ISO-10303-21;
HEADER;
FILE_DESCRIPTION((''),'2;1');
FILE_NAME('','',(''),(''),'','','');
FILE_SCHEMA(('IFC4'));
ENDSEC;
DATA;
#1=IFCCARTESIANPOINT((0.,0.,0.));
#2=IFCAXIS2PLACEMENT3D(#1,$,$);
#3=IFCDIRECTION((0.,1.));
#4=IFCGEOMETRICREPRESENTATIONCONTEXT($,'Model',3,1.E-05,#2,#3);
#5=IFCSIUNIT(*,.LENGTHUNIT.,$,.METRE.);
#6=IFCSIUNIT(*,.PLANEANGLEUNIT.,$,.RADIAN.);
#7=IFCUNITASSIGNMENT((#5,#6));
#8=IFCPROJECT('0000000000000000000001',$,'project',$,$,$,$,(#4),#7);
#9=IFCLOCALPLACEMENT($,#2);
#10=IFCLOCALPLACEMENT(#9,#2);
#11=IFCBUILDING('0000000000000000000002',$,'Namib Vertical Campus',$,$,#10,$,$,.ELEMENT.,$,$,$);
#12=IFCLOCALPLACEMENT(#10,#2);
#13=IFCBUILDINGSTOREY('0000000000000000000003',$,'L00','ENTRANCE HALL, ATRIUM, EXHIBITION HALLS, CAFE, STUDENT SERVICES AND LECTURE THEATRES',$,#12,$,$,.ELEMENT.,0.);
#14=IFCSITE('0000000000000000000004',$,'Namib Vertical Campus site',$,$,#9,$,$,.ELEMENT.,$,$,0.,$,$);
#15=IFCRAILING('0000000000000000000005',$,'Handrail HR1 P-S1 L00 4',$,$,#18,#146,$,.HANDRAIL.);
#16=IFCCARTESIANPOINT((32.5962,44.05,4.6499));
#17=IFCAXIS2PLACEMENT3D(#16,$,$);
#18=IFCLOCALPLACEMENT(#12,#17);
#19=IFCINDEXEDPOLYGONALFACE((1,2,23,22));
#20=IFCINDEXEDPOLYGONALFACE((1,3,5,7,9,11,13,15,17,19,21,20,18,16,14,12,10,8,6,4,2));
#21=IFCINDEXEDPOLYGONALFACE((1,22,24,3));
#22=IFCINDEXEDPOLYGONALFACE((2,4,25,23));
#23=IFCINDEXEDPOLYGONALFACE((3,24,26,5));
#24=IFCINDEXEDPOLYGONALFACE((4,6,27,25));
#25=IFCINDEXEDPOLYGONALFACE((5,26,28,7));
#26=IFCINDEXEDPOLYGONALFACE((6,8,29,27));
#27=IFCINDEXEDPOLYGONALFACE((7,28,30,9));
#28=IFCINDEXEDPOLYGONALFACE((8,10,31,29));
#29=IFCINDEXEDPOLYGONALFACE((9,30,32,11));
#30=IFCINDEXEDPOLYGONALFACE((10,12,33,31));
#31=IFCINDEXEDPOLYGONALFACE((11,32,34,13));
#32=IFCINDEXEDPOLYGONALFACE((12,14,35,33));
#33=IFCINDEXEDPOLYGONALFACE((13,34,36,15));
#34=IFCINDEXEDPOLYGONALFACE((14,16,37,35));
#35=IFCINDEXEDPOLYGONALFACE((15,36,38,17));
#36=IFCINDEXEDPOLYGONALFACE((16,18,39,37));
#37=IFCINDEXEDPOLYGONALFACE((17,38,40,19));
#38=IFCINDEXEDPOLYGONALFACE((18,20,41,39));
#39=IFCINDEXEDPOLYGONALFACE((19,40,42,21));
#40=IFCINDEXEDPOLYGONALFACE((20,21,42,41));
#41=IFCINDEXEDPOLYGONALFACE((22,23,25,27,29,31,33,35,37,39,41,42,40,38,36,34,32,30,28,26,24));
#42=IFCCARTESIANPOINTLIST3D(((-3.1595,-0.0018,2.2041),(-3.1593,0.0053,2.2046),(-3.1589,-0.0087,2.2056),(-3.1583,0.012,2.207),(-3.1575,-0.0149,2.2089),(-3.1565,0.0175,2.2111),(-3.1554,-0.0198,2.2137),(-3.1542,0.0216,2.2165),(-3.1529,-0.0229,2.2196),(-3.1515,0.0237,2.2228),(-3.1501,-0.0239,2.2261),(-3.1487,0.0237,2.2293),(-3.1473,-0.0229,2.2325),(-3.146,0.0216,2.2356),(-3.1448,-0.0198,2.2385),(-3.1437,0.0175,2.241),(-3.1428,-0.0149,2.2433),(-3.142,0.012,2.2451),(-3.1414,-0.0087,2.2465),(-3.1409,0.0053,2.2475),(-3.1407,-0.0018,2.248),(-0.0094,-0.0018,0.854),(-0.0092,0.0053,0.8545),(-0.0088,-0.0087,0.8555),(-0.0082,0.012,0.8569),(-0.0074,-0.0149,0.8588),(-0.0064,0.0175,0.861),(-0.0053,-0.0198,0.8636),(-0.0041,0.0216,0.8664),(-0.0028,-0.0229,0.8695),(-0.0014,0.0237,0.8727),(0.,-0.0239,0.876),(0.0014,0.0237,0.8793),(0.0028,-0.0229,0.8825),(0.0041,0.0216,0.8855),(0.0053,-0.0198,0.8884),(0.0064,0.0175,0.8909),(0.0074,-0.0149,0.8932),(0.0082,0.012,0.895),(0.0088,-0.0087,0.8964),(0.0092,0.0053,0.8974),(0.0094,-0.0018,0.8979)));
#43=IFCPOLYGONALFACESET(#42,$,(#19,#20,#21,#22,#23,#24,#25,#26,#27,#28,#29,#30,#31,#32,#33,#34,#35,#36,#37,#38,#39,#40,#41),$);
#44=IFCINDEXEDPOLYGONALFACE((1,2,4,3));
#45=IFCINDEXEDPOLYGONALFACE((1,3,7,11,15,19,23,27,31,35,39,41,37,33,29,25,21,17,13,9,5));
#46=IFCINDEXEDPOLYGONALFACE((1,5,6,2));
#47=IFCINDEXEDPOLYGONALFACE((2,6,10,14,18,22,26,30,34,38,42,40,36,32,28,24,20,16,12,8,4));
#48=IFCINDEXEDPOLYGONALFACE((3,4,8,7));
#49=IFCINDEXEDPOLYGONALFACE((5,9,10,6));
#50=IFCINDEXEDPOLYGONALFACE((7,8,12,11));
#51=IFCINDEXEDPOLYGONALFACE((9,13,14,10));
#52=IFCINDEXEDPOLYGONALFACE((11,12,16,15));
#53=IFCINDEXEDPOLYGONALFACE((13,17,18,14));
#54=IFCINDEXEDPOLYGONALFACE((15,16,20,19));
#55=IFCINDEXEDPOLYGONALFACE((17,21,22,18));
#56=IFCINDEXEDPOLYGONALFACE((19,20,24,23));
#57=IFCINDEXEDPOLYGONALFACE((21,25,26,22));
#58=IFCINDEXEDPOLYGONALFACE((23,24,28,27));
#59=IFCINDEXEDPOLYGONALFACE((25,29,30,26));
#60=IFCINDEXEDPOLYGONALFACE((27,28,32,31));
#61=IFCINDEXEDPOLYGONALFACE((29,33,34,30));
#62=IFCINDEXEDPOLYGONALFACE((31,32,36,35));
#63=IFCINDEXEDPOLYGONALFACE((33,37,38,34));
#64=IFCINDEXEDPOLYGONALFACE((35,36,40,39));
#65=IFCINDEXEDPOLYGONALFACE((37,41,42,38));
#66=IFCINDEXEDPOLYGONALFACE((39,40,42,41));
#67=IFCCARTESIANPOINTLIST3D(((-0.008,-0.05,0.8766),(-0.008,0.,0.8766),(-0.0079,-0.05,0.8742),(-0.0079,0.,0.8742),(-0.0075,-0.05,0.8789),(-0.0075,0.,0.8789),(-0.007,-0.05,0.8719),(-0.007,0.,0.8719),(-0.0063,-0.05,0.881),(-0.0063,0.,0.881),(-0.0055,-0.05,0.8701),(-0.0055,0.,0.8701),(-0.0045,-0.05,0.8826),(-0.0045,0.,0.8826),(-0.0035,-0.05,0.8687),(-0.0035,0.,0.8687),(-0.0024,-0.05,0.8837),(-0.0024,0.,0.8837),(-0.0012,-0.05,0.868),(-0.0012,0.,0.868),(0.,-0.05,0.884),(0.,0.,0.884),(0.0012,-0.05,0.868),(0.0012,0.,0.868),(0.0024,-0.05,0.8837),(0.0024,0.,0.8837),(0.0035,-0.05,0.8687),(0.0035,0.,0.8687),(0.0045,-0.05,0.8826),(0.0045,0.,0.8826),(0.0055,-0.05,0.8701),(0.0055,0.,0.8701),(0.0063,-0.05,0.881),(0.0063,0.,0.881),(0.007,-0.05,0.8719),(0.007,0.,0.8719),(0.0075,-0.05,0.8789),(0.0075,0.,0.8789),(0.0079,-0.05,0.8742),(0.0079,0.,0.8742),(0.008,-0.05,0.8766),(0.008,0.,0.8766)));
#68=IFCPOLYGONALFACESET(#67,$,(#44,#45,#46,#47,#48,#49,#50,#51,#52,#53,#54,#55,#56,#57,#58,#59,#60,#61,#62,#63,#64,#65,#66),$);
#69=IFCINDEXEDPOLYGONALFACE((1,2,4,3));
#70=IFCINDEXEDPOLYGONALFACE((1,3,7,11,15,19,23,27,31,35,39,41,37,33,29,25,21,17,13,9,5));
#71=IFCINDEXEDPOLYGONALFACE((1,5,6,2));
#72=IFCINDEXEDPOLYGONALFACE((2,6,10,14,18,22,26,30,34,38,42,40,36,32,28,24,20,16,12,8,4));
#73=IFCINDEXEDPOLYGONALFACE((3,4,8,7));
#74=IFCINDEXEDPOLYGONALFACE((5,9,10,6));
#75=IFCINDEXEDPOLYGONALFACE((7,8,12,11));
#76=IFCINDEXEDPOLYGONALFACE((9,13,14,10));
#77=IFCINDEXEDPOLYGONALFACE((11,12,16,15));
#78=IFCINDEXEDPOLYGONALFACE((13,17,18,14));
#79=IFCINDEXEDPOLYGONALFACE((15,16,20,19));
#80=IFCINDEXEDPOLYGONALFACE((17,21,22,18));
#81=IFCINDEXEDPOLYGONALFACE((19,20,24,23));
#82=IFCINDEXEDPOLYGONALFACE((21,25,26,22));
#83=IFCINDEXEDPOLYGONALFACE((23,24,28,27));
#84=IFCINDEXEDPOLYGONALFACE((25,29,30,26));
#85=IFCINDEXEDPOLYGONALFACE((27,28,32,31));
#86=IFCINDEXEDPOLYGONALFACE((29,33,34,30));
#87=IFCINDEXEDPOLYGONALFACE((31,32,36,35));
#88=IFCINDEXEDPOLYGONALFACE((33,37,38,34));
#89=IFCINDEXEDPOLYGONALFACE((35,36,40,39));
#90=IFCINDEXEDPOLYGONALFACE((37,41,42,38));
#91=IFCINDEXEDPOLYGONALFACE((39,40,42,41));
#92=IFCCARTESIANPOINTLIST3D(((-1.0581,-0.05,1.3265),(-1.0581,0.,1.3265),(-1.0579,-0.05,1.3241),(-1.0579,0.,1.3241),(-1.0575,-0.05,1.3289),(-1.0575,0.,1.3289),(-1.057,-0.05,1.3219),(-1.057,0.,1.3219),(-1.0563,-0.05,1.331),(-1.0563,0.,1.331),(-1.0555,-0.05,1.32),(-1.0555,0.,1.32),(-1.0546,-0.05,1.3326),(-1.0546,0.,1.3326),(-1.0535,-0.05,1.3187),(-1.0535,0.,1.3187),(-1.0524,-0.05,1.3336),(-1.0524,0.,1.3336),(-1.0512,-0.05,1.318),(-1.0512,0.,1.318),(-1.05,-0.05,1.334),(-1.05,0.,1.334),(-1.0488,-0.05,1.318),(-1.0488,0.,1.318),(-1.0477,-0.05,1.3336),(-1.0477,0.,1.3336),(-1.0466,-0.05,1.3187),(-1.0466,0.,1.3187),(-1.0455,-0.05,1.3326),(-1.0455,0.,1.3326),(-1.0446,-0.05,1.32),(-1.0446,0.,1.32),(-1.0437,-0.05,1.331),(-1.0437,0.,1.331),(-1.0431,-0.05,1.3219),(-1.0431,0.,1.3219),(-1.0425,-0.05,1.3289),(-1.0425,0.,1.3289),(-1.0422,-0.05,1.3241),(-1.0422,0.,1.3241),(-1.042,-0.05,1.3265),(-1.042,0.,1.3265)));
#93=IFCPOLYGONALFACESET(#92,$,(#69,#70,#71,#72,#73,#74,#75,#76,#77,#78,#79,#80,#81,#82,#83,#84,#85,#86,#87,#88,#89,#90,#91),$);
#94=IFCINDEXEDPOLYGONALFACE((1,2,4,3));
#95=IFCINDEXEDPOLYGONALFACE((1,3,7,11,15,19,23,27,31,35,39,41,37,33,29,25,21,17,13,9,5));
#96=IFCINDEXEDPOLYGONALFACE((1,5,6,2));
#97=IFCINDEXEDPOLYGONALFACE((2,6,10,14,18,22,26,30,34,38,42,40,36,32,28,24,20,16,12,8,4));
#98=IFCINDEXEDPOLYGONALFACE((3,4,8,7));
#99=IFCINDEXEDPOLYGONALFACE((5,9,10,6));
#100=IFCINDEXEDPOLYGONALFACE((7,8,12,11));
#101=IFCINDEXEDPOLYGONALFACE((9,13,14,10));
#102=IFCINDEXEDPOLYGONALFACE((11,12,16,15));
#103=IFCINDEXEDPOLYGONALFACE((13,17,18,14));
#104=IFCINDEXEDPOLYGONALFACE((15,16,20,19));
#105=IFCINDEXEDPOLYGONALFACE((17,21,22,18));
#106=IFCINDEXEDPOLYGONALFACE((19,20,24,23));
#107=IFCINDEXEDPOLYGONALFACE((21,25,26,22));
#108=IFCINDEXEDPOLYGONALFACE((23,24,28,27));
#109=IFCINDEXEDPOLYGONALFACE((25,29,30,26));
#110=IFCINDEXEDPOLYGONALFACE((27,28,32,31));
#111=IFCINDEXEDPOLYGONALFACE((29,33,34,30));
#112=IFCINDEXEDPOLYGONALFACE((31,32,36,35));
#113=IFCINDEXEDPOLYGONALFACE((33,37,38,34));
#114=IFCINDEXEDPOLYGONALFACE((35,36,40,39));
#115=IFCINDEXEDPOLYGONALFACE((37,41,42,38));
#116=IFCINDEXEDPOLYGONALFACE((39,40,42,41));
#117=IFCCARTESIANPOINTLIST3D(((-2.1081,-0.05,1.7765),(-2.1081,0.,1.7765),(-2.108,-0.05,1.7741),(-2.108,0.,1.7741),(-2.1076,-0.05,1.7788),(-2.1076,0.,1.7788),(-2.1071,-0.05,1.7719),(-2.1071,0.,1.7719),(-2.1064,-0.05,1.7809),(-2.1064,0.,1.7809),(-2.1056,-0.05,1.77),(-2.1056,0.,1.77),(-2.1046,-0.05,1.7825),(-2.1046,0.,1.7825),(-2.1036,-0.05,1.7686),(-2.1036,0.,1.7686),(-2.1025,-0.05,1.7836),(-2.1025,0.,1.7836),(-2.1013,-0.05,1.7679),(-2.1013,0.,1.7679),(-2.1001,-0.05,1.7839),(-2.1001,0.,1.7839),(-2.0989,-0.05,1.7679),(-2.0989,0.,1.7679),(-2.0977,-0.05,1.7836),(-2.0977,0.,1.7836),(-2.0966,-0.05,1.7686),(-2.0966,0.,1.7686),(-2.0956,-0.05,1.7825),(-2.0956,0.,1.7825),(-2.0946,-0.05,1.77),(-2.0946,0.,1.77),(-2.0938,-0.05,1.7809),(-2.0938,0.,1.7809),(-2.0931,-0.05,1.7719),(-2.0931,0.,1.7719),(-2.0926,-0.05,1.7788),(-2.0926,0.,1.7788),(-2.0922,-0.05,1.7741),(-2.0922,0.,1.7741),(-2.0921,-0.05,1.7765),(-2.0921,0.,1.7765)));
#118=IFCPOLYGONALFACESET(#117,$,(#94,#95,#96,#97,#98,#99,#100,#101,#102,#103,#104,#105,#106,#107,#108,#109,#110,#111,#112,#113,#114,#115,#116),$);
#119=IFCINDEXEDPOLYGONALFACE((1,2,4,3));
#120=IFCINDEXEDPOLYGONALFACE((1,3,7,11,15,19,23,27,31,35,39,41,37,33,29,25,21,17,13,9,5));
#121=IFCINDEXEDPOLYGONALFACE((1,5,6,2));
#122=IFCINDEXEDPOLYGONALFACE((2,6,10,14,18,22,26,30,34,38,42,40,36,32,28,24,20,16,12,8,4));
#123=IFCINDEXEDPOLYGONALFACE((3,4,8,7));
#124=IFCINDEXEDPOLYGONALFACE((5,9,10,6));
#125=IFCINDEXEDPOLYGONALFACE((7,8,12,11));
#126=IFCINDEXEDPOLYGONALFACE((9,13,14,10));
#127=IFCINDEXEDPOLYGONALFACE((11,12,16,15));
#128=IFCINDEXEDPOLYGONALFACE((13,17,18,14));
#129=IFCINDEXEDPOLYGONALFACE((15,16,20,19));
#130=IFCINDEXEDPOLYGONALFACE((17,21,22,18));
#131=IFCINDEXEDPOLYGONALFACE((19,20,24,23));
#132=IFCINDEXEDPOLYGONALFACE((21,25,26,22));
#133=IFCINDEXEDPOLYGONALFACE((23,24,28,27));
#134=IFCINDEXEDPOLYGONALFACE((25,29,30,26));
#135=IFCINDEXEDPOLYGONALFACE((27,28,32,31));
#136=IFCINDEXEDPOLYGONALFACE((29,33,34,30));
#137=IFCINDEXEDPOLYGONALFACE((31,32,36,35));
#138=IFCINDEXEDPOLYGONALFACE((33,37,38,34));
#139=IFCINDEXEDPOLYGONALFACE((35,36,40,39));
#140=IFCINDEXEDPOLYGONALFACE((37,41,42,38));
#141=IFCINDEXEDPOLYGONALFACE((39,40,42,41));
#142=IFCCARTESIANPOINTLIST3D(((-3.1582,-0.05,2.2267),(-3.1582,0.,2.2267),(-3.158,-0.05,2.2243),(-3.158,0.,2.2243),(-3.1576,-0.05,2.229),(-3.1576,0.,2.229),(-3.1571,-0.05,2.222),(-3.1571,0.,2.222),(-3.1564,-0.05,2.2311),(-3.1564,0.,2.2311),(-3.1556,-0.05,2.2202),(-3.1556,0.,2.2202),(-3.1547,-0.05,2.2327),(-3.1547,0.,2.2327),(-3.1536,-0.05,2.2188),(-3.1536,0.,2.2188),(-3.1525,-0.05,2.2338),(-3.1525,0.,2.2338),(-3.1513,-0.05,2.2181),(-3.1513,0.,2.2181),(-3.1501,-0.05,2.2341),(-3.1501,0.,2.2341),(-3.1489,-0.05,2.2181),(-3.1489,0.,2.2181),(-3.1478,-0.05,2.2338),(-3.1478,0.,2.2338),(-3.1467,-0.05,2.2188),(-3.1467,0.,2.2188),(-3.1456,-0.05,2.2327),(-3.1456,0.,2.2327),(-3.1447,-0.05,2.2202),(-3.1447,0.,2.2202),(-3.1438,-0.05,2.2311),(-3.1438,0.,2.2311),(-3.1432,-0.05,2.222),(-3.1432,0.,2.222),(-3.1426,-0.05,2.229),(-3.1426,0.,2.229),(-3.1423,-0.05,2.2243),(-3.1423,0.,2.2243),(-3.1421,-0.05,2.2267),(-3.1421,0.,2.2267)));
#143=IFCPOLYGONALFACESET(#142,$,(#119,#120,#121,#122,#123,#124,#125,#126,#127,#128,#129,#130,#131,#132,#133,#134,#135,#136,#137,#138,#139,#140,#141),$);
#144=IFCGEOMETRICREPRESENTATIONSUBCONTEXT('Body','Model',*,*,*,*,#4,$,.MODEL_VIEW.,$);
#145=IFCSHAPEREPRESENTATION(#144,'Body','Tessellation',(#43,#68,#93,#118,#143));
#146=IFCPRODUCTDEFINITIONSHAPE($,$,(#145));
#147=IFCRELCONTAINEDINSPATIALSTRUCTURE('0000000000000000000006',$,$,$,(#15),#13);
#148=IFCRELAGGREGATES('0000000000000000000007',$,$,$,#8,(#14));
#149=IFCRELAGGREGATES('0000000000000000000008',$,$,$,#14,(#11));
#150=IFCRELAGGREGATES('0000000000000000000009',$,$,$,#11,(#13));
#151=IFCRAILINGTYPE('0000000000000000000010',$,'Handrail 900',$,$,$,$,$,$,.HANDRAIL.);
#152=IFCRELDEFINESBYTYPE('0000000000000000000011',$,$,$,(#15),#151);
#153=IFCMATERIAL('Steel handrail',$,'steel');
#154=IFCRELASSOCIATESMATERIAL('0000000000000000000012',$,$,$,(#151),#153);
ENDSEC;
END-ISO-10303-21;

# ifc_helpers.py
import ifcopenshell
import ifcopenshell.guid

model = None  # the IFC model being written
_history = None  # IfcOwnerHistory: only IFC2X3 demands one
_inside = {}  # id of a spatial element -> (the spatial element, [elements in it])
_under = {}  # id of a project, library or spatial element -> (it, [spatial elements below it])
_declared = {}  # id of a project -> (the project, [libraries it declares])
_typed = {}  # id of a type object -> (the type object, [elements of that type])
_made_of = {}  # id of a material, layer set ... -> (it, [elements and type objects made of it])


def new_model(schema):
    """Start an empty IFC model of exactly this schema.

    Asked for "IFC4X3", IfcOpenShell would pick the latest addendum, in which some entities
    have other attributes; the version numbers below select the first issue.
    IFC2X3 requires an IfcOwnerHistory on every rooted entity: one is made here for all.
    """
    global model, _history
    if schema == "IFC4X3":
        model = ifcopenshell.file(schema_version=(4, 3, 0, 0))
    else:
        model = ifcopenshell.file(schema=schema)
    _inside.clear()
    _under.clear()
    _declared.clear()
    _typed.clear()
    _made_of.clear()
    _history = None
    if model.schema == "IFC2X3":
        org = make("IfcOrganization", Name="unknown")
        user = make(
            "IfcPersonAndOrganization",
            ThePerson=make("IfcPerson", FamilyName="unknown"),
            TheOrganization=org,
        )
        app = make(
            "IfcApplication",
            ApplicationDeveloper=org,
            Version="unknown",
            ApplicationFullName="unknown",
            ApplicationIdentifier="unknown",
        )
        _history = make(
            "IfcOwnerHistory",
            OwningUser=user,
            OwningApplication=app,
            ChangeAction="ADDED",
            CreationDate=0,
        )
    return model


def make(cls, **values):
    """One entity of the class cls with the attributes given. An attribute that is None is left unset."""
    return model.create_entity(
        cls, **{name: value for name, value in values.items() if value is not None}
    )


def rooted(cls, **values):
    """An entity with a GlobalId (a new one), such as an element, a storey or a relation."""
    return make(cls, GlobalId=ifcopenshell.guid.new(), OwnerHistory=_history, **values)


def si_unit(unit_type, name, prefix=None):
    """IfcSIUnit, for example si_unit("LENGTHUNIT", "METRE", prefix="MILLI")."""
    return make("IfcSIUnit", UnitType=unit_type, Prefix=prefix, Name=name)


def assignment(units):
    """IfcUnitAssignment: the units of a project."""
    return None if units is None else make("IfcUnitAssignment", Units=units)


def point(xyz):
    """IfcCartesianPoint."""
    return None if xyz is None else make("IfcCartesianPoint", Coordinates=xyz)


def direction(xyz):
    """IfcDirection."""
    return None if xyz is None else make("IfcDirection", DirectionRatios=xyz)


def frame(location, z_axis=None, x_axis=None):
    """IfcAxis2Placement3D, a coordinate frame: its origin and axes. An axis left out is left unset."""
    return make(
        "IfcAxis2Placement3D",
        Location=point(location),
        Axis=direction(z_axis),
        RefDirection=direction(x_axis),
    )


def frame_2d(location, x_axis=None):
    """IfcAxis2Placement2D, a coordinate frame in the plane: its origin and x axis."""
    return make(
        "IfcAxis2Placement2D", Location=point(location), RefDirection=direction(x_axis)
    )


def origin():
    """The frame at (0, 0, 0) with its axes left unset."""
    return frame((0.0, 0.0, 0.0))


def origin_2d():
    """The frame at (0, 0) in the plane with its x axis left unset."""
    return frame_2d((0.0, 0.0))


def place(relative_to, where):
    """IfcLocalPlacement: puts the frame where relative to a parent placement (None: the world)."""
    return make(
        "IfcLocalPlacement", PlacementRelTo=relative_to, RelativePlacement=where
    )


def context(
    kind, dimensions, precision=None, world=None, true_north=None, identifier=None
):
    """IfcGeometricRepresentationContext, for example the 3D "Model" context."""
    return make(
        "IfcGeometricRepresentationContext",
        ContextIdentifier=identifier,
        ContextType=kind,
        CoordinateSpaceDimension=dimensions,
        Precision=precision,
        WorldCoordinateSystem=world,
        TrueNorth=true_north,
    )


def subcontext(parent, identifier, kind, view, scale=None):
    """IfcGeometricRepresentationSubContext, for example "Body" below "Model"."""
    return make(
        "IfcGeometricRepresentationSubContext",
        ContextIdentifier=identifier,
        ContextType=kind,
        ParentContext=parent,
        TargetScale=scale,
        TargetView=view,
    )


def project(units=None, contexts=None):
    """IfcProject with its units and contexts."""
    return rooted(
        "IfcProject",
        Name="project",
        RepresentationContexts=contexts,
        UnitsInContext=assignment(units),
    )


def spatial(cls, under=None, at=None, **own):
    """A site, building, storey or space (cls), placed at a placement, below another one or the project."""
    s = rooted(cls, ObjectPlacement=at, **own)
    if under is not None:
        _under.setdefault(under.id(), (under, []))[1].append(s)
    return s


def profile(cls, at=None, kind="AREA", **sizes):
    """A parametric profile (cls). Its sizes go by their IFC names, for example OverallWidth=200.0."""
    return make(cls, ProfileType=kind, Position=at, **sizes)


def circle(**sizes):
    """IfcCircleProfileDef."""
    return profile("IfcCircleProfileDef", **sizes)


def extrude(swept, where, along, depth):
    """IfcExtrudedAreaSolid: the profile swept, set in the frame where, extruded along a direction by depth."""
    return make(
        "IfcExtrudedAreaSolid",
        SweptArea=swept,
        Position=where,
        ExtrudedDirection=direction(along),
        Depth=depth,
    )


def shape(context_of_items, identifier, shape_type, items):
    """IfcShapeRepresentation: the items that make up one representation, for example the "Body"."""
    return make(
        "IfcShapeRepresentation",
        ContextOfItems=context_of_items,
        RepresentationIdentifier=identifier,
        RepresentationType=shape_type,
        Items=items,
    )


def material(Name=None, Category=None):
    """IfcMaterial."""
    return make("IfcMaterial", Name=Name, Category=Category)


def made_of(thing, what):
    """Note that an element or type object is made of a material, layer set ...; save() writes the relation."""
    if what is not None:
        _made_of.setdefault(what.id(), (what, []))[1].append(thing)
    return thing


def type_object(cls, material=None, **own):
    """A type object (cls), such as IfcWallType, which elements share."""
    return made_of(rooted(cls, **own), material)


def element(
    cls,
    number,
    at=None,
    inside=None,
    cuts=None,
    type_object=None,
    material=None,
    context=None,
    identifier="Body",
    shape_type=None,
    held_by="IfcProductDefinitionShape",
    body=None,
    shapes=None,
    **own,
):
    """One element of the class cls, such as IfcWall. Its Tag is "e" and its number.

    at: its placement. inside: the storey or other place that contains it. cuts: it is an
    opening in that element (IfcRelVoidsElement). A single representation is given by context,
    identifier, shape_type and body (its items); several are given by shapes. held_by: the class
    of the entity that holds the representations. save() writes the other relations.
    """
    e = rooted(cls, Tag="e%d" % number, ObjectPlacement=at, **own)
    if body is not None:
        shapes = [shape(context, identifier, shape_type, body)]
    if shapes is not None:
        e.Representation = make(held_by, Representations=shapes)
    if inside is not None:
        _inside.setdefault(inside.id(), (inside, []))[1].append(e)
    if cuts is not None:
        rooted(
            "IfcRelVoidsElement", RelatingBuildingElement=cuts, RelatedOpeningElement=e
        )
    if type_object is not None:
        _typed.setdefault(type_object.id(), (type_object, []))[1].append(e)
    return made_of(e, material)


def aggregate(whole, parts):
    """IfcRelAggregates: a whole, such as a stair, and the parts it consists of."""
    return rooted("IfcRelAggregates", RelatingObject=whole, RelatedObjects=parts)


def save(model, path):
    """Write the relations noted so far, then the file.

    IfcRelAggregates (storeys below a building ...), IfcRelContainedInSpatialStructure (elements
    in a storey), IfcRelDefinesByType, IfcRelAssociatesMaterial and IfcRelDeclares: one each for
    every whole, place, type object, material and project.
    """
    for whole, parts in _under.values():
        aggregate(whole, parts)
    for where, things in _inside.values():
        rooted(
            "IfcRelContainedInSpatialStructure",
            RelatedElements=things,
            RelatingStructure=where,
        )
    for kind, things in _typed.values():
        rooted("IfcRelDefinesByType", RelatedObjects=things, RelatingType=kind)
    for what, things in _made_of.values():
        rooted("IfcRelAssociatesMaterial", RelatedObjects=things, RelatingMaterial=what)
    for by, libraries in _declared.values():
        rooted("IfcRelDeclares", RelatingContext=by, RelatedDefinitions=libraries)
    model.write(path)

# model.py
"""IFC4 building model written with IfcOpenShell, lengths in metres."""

from ifc_helpers import new_model, si_unit, direction, frame, origin, origin_2d, place, context, subcontext, project, spatial, circle, extrude, material, type_object, element, save


model = new_model("IFC4")

# Units and contexts
model_context = context("Model", 3, precision=1e-05, world=origin(), true_north=direction((0.0, 1.0)))
body_context = subcontext(model_context, "Body", "Model", "MODEL_VIEW")
ifc_project = project(units=[si_unit("LENGTHUNIT", "METRE"), si_unit("PLANEANGLEUNIT", "RADIAN")], contexts=[model_context])

# Site, building, storey
site_placement = place(None, origin())
site = spatial("IfcSite", under=ifc_project, at=site_placement, Name="Namib Vertical Campus site", CompositionType="ELEMENT", RefElevation=0.0)
building_placement = place(site_placement, origin())
building = spatial("IfcBuilding", under=site, at=building_placement, Name="Namib Vertical Campus", CompositionType="ELEMENT")
storey_placement = place(building_placement, origin())
storey = spatial("IfcBuildingStorey", under=building, at=storey_placement, Name="L00", Description="ENTRANCE HALL, ATRIUM, EXHIBITION HALLS, CAFE, STUDENT SERVICES AND LECTURE THEATRES", CompositionType="ELEMENT", Elevation=0.0)

# Railing
ifc_material_1 = material(Name="Steel handrail", Category="steel")
railing_type = type_object("IfcRailingType", Name="Handrail 900", PredefinedType="HANDRAIL", material=ifc_material_1)
railing_1_placement = place(storey_placement, frame((32.5962, 44.05, 4.6499)))
element("IfcRailing", 1, at=railing_1_placement, inside=storey, type_object=railing_type, Name="Handrail HR1 P-S1 L00 4", PredefinedType="HANDRAIL", context=body_context, shape_type="SweptSolid", body=[
    extrude(circle(Radius=0.0239, at=origin_2d()), frame((0.0, 0.0, 0.876), z_axis=(-0.919141, 0.0, 0.393928), x_axis=(0.0, -1.0, 0.0)), (0.0, 0.0, 1.0), 3.4272),
    extrude(circle(Radius=0.0081, at=origin_2d()), frame((0.0, 0.0, 0.876), z_axis=(0.0, -1.0, 0.0), x_axis=(0.0, 0.0, 1.0)), (0.0, 0.0, 1.0), 0.05),
    extrude(circle(Radius=0.0081, at=origin_2d()), frame((-1.05, 0.0, 1.3259), z_axis=(0.0, -1.0, 0.0), x_axis=(0.0, 0.0, 1.0)), (0.0, 0.0, 1.0), 0.05),
    extrude(circle(Radius=0.0081, at=origin_2d()), frame((-2.1001, 0.0, 1.7759), z_axis=(0.0, -1.0, 0.0), x_axis=(0.0, 0.0, 1.0)), (0.0, 0.0, 1.0), 0.05),
    extrude(circle(Radius=0.0081, at=origin_2d()), frame((-3.1501, 0.0, 2.2261), z_axis=(0.0, -1.0, 0.0), x_axis=(0.0, 0.0, 1.0)), (0.0, 0.0, 1.0), 0.05),
])

save(model, "model.ifc")
